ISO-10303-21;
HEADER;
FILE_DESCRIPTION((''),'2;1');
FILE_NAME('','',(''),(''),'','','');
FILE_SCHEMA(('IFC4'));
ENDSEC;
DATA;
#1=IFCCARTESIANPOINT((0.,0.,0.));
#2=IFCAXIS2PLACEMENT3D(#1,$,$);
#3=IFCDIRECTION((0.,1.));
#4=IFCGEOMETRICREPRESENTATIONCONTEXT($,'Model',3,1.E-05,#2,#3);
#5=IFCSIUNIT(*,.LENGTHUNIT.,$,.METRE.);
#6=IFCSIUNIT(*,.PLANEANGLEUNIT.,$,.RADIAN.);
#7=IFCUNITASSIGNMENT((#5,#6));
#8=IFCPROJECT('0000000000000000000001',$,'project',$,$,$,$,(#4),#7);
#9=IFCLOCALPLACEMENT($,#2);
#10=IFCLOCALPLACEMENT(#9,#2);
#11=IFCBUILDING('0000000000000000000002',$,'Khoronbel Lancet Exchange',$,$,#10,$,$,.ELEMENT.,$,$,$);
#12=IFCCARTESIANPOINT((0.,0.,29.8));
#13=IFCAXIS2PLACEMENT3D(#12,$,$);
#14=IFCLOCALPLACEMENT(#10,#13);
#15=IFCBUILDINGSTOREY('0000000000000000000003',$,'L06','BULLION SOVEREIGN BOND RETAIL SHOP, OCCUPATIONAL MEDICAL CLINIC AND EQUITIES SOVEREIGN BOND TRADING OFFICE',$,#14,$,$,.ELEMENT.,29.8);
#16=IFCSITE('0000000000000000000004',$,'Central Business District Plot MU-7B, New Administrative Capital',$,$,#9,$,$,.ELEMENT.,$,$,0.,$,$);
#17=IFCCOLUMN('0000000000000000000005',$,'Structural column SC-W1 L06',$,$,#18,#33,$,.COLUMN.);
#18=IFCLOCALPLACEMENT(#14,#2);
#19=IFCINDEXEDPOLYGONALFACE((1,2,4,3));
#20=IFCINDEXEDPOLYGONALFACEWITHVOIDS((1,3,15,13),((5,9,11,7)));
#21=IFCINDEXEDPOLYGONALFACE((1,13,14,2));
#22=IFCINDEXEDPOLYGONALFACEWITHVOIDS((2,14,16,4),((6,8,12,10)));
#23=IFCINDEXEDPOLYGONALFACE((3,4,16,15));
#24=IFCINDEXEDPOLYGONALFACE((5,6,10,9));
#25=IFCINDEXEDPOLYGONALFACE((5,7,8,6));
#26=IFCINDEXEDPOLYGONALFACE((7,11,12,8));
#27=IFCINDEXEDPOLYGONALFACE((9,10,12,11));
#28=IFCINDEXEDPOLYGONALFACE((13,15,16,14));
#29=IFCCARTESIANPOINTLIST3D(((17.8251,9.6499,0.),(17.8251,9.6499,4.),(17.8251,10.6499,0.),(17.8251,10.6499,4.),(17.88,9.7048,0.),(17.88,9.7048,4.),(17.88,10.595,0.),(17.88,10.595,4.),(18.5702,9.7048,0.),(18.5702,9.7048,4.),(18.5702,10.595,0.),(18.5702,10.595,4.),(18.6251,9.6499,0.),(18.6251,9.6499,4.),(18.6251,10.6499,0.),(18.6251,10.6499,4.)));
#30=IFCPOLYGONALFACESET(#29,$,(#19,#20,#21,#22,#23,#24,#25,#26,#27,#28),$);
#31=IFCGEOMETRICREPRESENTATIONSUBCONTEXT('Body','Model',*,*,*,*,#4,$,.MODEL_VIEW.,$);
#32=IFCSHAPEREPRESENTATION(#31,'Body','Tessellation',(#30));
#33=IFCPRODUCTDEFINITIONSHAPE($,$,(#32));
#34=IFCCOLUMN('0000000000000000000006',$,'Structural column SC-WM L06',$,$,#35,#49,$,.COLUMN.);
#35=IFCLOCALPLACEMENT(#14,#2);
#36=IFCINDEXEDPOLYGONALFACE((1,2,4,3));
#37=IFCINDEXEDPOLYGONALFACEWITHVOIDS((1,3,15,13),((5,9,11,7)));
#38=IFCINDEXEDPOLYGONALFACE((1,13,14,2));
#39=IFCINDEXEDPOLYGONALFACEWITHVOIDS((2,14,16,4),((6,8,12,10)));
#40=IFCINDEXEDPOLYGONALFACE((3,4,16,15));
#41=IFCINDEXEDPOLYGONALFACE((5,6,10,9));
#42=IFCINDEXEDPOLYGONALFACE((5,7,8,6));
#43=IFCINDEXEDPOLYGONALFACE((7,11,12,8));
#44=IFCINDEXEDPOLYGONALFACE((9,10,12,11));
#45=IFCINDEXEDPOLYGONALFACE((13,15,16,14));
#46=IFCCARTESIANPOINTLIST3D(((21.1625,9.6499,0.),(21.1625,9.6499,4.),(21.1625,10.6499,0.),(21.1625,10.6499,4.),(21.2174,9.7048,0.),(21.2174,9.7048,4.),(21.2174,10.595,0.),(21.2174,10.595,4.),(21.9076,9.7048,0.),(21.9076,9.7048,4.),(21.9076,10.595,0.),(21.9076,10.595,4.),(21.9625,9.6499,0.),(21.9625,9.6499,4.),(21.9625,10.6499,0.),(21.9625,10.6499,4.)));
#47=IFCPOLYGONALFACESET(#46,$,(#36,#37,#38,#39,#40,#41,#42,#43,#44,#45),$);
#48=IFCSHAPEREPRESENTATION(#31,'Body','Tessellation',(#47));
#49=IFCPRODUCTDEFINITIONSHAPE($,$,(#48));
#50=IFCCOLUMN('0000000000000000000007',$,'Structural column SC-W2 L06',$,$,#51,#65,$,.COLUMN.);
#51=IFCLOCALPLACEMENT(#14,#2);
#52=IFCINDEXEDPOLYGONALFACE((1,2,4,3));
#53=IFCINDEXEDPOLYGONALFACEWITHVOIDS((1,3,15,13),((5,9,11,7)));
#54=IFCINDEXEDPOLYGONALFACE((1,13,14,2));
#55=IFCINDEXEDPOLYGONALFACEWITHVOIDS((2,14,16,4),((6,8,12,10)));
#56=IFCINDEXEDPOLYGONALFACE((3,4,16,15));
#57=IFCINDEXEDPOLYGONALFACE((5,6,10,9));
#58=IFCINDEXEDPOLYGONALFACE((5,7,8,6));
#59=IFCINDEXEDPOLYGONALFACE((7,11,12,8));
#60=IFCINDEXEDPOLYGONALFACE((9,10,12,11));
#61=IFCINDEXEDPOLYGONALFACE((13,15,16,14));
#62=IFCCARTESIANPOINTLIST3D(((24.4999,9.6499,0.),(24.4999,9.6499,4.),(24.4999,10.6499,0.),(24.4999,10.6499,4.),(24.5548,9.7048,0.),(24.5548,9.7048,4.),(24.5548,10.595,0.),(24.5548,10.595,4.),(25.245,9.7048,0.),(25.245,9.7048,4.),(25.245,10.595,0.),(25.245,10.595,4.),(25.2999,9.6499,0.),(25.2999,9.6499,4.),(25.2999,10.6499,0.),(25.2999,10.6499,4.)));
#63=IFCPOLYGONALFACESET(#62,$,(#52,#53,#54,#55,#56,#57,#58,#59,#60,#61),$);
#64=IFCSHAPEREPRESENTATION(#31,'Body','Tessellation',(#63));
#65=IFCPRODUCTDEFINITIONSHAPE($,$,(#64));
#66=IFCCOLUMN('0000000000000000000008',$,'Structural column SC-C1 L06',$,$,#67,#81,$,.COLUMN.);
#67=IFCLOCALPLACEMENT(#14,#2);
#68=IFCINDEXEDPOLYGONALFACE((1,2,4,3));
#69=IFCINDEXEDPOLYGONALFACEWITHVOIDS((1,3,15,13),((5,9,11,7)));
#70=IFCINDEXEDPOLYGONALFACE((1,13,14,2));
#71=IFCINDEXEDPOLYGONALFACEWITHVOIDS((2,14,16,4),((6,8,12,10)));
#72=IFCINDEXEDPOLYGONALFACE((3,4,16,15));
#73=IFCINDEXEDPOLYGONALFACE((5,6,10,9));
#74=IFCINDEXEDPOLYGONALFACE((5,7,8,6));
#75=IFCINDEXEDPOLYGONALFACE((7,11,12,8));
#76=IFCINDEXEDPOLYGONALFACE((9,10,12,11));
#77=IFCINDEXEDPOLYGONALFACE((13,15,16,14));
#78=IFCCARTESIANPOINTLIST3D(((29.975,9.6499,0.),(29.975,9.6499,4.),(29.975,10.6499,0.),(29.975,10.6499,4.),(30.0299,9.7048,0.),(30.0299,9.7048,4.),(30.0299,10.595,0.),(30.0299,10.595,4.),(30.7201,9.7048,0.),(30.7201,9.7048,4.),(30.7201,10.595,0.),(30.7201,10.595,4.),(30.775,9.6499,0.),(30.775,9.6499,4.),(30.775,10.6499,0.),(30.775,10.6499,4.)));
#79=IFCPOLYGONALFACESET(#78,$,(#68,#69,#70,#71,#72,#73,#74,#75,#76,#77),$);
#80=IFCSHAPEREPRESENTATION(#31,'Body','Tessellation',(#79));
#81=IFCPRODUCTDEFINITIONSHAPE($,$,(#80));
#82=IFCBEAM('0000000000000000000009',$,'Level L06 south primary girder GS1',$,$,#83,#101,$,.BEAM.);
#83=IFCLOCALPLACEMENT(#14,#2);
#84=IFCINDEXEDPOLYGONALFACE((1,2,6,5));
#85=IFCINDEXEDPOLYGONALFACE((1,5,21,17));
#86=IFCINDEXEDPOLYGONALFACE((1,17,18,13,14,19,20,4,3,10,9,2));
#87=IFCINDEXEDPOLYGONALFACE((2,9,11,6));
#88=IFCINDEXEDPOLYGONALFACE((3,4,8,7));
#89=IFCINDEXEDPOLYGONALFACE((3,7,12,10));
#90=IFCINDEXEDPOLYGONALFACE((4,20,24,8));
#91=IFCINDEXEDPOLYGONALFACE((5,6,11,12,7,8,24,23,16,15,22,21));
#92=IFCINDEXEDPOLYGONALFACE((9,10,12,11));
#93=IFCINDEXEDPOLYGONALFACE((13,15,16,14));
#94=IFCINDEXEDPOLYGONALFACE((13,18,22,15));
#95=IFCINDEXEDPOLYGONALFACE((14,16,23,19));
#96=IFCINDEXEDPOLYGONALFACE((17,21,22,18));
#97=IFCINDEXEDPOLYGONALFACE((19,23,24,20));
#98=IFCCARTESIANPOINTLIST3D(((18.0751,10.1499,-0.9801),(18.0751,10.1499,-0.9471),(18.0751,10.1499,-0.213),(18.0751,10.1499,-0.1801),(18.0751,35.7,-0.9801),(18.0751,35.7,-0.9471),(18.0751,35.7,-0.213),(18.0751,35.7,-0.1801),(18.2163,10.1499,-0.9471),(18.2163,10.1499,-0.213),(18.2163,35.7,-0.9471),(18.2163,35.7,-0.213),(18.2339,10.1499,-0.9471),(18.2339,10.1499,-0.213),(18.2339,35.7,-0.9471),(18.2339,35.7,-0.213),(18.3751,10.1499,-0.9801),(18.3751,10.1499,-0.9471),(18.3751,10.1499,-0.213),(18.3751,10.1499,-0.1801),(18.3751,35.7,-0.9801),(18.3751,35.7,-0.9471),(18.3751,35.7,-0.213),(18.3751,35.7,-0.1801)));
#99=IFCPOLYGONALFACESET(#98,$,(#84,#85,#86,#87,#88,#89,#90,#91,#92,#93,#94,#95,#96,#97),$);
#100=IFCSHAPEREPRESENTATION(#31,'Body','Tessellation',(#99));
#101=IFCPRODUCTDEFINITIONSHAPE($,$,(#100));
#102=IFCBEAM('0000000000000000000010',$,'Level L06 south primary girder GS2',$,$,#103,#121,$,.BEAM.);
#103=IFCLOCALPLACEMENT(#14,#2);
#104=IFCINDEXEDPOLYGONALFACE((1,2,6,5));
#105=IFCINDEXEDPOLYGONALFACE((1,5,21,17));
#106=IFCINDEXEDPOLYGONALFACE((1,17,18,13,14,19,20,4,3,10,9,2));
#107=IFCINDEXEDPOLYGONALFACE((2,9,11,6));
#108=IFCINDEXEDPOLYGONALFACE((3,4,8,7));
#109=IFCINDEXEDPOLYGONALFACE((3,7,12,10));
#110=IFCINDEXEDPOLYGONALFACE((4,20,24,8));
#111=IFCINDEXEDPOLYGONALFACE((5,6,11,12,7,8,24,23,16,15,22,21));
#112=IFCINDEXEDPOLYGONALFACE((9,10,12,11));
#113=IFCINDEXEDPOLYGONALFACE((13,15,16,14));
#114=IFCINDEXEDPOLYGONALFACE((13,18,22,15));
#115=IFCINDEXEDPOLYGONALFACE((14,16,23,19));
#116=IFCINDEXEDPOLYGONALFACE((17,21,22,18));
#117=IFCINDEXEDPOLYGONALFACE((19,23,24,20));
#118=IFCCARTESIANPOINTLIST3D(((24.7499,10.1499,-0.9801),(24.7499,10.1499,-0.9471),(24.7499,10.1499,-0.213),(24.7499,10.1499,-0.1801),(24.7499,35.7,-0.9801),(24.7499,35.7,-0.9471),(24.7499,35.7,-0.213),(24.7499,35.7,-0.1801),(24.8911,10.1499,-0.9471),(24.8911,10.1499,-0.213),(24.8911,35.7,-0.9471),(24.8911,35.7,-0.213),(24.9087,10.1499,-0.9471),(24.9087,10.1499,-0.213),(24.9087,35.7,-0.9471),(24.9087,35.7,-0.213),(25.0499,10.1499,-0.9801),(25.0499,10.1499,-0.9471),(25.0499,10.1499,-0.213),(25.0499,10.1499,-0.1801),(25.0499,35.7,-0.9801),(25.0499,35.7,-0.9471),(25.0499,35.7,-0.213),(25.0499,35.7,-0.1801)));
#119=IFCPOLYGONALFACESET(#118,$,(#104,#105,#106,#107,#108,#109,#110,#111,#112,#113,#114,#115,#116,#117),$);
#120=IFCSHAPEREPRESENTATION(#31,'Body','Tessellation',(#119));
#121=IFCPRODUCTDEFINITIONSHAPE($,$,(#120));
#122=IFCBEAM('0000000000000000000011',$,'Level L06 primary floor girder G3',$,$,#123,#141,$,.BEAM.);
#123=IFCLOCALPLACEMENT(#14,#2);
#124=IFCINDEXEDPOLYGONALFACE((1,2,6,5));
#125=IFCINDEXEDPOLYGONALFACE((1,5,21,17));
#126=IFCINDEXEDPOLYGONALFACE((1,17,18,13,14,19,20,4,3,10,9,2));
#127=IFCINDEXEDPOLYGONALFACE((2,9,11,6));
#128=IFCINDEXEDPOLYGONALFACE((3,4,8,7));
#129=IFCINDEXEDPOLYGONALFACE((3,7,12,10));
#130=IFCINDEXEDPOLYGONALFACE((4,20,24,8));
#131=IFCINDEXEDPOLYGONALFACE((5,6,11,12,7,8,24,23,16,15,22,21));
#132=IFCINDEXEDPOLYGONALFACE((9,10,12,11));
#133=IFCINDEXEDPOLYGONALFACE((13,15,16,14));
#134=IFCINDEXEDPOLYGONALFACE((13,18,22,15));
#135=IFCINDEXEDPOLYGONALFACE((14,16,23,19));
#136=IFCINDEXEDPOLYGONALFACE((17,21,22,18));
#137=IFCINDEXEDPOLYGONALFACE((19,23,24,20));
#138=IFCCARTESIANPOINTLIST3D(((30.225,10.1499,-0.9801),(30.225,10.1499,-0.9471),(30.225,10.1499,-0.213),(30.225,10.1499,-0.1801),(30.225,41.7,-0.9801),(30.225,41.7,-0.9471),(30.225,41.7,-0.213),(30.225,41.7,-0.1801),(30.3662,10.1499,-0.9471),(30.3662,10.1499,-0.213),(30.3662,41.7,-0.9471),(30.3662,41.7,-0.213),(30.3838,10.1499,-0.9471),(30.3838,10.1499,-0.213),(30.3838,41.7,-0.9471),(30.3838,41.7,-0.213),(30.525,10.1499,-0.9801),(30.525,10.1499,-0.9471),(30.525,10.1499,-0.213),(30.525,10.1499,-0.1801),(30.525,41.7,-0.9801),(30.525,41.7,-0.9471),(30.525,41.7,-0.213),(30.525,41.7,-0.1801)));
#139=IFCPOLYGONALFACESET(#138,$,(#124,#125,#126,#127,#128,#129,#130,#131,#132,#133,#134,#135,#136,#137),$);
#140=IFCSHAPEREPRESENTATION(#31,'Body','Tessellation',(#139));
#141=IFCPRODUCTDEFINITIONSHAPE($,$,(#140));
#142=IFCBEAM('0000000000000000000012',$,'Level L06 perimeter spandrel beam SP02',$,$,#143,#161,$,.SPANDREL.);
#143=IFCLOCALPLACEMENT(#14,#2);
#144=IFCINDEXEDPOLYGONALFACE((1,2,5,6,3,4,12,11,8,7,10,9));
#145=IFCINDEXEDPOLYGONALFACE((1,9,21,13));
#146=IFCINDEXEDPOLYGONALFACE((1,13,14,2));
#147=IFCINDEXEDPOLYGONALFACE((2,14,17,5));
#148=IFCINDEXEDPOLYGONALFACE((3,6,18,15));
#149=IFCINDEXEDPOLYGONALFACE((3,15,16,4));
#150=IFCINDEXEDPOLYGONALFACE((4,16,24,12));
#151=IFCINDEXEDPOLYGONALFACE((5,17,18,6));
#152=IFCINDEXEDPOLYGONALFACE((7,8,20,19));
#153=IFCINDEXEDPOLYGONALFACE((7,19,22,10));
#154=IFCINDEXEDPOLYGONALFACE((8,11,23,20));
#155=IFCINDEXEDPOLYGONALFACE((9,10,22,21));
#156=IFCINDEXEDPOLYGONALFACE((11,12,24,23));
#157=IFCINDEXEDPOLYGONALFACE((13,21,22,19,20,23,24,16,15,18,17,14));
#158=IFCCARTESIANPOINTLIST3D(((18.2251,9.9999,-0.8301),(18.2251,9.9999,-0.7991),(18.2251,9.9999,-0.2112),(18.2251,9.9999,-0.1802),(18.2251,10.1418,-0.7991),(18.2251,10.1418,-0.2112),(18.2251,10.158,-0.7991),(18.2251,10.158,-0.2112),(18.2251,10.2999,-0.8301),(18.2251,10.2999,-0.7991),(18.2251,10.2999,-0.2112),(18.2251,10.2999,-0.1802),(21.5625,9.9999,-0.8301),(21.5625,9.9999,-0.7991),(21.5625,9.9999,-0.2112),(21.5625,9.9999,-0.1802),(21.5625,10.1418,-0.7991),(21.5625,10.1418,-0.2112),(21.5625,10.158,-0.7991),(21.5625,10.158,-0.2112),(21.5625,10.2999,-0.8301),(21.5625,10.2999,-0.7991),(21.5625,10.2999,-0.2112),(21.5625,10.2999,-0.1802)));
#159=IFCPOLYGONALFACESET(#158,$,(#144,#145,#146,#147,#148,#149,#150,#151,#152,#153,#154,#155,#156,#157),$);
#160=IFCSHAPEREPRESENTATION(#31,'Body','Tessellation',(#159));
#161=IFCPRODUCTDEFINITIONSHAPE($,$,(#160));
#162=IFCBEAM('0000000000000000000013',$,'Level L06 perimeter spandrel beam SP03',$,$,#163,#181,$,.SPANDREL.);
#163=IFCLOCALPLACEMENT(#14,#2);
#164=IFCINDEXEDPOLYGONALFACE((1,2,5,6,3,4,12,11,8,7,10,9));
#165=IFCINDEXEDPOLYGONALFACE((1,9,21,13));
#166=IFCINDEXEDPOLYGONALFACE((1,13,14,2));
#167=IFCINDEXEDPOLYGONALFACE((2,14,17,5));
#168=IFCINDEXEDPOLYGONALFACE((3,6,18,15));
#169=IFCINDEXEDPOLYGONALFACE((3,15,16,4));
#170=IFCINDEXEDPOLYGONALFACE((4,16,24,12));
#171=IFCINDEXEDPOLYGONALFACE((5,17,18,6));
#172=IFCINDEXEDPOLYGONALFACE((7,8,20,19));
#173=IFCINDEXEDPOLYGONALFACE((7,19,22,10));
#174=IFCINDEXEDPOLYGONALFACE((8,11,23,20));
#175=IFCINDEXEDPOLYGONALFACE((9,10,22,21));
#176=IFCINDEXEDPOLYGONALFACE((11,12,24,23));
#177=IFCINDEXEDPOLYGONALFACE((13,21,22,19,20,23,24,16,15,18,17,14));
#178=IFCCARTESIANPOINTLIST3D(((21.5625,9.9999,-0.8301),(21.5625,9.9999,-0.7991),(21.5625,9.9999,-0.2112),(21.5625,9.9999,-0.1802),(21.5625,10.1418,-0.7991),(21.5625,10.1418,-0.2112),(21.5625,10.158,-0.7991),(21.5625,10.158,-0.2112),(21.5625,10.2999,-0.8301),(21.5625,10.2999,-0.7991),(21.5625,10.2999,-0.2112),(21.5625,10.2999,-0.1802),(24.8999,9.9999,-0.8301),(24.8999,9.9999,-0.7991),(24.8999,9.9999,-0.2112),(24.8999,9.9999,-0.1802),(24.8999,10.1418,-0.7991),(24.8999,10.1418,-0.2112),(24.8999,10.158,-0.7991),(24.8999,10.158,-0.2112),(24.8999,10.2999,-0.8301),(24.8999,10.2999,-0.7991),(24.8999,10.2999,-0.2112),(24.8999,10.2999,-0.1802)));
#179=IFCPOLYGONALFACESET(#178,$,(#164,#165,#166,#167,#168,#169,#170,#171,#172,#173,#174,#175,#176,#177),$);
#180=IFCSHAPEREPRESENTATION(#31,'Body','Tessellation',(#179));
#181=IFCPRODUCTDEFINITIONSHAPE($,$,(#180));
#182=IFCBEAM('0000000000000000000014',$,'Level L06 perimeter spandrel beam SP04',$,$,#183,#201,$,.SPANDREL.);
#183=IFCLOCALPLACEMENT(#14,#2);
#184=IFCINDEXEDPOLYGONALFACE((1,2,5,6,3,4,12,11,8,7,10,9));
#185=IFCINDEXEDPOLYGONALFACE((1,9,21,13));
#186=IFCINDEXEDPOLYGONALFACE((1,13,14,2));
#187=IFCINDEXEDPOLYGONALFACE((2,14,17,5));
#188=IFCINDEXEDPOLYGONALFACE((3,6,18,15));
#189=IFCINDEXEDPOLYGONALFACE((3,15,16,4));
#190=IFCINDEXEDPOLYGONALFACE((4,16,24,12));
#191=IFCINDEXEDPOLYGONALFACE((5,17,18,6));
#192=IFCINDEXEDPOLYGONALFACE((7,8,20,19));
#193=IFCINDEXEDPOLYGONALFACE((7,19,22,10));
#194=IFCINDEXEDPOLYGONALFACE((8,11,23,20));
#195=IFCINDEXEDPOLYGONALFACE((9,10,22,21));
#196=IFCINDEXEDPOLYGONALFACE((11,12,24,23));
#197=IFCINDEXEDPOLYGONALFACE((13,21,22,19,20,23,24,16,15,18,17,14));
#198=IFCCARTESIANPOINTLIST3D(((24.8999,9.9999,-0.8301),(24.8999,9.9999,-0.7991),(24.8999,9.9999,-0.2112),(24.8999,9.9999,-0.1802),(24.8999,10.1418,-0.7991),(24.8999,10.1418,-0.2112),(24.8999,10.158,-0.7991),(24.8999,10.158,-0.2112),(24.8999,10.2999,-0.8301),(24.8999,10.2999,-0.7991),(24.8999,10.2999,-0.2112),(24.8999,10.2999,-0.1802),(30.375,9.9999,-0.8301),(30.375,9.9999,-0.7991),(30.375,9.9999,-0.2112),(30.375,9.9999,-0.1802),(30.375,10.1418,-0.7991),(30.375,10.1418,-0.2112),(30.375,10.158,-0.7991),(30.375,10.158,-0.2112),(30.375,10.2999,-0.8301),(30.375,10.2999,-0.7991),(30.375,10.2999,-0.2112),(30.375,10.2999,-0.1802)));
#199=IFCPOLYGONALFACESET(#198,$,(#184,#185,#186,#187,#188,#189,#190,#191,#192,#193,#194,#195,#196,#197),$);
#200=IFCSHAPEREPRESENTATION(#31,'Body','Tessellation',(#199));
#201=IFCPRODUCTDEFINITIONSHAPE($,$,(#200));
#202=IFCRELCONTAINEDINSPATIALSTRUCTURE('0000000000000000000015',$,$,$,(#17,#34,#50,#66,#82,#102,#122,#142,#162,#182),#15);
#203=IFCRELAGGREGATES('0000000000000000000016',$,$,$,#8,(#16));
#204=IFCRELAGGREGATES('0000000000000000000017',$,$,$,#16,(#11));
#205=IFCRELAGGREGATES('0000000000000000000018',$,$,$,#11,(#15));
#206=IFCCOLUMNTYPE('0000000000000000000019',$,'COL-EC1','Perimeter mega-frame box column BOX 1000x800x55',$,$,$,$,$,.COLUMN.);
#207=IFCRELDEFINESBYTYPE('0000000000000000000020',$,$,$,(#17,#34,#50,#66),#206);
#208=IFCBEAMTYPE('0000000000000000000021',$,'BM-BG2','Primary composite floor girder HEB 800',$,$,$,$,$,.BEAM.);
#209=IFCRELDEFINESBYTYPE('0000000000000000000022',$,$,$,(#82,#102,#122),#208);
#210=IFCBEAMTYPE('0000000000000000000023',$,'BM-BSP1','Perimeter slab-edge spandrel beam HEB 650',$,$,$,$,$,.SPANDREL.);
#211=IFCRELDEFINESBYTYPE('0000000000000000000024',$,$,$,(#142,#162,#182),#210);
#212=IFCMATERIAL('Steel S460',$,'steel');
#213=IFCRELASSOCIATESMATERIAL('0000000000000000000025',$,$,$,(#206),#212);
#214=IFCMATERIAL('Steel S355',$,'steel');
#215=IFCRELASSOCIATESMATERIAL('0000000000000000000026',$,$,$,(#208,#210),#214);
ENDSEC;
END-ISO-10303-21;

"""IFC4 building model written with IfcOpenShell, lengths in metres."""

from ifc_helpers import new_model, si_unit, direction, frame, origin, origin_2d, place, context, subcontext, project, spatial, hollow_rectangle, i_section, extrude, material, material_profile, profile_set, type_object, element, save


model = new_model("IFC4")

# Units and contexts
model_context = context("Model", 3, precision=1e-05, world=origin(), true_north=direction((0.0, 1.0)))
body_context = subcontext(model_context, "Body", "Model", "MODEL_VIEW")
ifc_project = project(units=[si_unit("LENGTHUNIT", "METRE"), si_unit("PLANEANGLEUNIT", "RADIAN")], contexts=[model_context])

# Site, building, storey
site_placement = place(None, origin())
site = spatial("IfcSite", under=ifc_project, at=site_placement, Name="Central Business District Plot MU-7B, New Administrative Capital", CompositionType="ELEMENT", RefElevation=0.0)
building_placement = place(site_placement, origin())
building = spatial("IfcBuilding", under=site, at=building_placement, Name="Khoronbel Lancet Exchange", CompositionType="ELEMENT")
storey_placement = place(building_placement, frame((0.0, 0.0, 29.8)))
storey = spatial("IfcBuildingStorey", under=building, at=storey_placement, Name="L06", Description="BULLION SOVEREIGN BOND RETAIL SHOP, OCCUPATIONAL MEDICAL CLINIC AND EQUITIES SOVEREIGN BOND TRADING OFFICE", CompositionType="ELEMENT", Elevation=29.8)

# Columns
ifc_material_1 = material(Name="Steel S460", Category="steel")
ifc_material_profile_1 = material_profile(ifc_material_1, hollow_rectangle(XDim=0.8, YDim=1.0, WallThickness=0.0549, at=origin_2d()), Name="BOX 1000x800x55")
ifc_profile_set_1 = profile_set([ifc_material_profile_1], Name="Steel S460")
column_type = type_object("IfcColumnType", Name="COL-EC1", Description="Perimeter mega-frame box column BOX 1000x800x55", PredefinedType="COLUMN", material=ifc_profile_set_1)
for number, where, z_axis, x_axis, name in (
    (1, (18.2251, 10.1499, 0.0), (0.0, 0.0, 1.0), (1.0, 0.0, 0.0), "Structural column SC-W1 L06"),
    (2, (21.5625, 10.1499, 0.0), (0.0, 0.0, 1.0), (1.0, 0.0, 0.0), "Structural column SC-WM L06"),
    (3, (24.8999, 10.1499, 0.0), (0.0, 0.0, 1.0), (1.0, 0.0, 0.0), "Structural column SC-W2 L06"),
    (4, (30.375, 10.1499, 0.0), (0.0, 0.0, 1.0), (1.0, 0.0, 0.0), "Structural column SC-C1 L06"),
):
    element("IfcColumn", number, at=place(storey_placement, frame(where, z_axis=z_axis, x_axis=x_axis)), inside=storey, type_object=column_type, Name=name, PredefinedType="COLUMN", context=body_context, shape_type="SweptSolid", body=[
        extrude(hollow_rectangle(XDim=0.8, YDim=1.0, WallThickness=0.0549, at=origin_2d()), origin(), (0.0, 0.0, 1.0), 4.0),
    ])

# Beams
ifc_material_2 = material(Name="Steel S355", Category="steel")
ifc_material_profile_2 = material_profile(ifc_material_2, i_section(OverallWidth=0.3, OverallDepth=0.8, WebThickness=0.0176, FlangeThickness=0.033, at=origin_2d()), Name="HEB 800")
ifc_profile_set_2 = profile_set([ifc_material_profile_2], Name="Steel S355")
beam_type_1 = type_object("IfcBeamType", Name="BM-BG2", Description="Primary composite floor girder HEB 800", PredefinedType="BEAM", material=ifc_profile_set_2)
for number, where, z_axis, x_axis, name in (
    (5, (18.2251, 10.1499, -0.5801), (0.0, 1.0, 0.0), (-1.0, 0.0, 0.0), "Level L06 south primary girder GS1"),
    (6, (24.8999, 10.1499, -0.5801), (0.0, 1.0, 0.0), (-1.0, 0.0, 0.0), "Level L06 south primary girder GS2"),
):
    element("IfcBeam", number, at=place(storey_placement, frame(where, z_axis=z_axis, x_axis=x_axis)), inside=storey, type_object=beam_type_1, Name=name, PredefinedType="BEAM", context=body_context, shape_type="SweptSolid", body=[
        extrude(i_section(OverallWidth=0.3, OverallDepth=0.8, WebThickness=0.0176, FlangeThickness=0.033, at=origin_2d()), origin(), (0.0, 0.0, 1.0), 25.55),
    ])
beam_1_placement = place(storey_placement, frame((30.375, 10.1499, -0.5801), z_axis=(0.0, 1.0, 0.0), x_axis=(-1.0, 0.0, 0.0)))
element("IfcBeam", 7, at=beam_1_placement, inside=storey, type_object=beam_type_1, Name="Level L06 primary floor girder G3", PredefinedType="BEAM", context=body_context, shape_type="SweptSolid", body=[
    extrude(i_section(OverallWidth=0.3, OverallDepth=0.8, WebThickness=0.0176, FlangeThickness=0.033, at=origin_2d()), origin(), (0.0, 0.0, 1.0), 31.55),
])
ifc_material_profile_3 = material_profile(ifc_material_2, i_section(OverallWidth=0.3, OverallDepth=0.6499, WebThickness=0.0161, FlangeThickness=0.031, at=origin_2d()), Name="HEB 650")
ifc_profile_set_3 = profile_set([ifc_material_profile_3], Name="Steel S355")
beam_type_2 = type_object("IfcBeamType", Name="BM-BSP1", Description="Perimeter slab-edge spandrel beam HEB 650", PredefinedType="SPANDREL", material=ifc_profile_set_3)
for number, where, z_axis, x_axis, name in (
    (8, (18.2251, 10.1499, -0.5051), (1.0, 0.0, 0.0), (0.0, 1.0, 0.0), "Level L06 perimeter spandrel beam SP02"),
    (9, (21.5625, 10.1499, -0.5051), (1.0, 0.0, 0.0), (0.0, 1.0, 0.0), "Level L06 perimeter spandrel beam SP03"),
):
    element("IfcBeam", number, at=place(storey_placement, frame(where, z_axis=z_axis, x_axis=x_axis)), inside=storey, type_object=beam_type_2, Name=name, PredefinedType="SPANDREL", context=body_context, shape_type="SweptSolid", body=[
        extrude(i_section(OverallWidth=0.3, OverallDepth=0.6499, WebThickness=0.0161, FlangeThickness=0.031, at=origin_2d()), origin(), (0.0, 0.0, 1.0), 3.3374),
    ])
beam_2_placement = place(storey_placement, frame((24.8999, 10.1499, -0.5051), z_axis=(1.0, 0.0, 0.0), x_axis=(0.0, 1.0, 0.0)))
element("IfcBeam", 10, at=beam_2_placement, inside=storey, type_object=beam_type_2, Name="Level L06 perimeter spandrel beam SP04", PredefinedType="SPANDREL", context=body_context, shape_type="SweptSolid", body=[
    extrude(i_section(OverallWidth=0.3, OverallDepth=0.6499, WebThickness=0.0161, FlangeThickness=0.031, at=origin_2d()), origin(), (0.0, 0.0, 1.0), 5.4751),
])

save(model, "model.ifc")
